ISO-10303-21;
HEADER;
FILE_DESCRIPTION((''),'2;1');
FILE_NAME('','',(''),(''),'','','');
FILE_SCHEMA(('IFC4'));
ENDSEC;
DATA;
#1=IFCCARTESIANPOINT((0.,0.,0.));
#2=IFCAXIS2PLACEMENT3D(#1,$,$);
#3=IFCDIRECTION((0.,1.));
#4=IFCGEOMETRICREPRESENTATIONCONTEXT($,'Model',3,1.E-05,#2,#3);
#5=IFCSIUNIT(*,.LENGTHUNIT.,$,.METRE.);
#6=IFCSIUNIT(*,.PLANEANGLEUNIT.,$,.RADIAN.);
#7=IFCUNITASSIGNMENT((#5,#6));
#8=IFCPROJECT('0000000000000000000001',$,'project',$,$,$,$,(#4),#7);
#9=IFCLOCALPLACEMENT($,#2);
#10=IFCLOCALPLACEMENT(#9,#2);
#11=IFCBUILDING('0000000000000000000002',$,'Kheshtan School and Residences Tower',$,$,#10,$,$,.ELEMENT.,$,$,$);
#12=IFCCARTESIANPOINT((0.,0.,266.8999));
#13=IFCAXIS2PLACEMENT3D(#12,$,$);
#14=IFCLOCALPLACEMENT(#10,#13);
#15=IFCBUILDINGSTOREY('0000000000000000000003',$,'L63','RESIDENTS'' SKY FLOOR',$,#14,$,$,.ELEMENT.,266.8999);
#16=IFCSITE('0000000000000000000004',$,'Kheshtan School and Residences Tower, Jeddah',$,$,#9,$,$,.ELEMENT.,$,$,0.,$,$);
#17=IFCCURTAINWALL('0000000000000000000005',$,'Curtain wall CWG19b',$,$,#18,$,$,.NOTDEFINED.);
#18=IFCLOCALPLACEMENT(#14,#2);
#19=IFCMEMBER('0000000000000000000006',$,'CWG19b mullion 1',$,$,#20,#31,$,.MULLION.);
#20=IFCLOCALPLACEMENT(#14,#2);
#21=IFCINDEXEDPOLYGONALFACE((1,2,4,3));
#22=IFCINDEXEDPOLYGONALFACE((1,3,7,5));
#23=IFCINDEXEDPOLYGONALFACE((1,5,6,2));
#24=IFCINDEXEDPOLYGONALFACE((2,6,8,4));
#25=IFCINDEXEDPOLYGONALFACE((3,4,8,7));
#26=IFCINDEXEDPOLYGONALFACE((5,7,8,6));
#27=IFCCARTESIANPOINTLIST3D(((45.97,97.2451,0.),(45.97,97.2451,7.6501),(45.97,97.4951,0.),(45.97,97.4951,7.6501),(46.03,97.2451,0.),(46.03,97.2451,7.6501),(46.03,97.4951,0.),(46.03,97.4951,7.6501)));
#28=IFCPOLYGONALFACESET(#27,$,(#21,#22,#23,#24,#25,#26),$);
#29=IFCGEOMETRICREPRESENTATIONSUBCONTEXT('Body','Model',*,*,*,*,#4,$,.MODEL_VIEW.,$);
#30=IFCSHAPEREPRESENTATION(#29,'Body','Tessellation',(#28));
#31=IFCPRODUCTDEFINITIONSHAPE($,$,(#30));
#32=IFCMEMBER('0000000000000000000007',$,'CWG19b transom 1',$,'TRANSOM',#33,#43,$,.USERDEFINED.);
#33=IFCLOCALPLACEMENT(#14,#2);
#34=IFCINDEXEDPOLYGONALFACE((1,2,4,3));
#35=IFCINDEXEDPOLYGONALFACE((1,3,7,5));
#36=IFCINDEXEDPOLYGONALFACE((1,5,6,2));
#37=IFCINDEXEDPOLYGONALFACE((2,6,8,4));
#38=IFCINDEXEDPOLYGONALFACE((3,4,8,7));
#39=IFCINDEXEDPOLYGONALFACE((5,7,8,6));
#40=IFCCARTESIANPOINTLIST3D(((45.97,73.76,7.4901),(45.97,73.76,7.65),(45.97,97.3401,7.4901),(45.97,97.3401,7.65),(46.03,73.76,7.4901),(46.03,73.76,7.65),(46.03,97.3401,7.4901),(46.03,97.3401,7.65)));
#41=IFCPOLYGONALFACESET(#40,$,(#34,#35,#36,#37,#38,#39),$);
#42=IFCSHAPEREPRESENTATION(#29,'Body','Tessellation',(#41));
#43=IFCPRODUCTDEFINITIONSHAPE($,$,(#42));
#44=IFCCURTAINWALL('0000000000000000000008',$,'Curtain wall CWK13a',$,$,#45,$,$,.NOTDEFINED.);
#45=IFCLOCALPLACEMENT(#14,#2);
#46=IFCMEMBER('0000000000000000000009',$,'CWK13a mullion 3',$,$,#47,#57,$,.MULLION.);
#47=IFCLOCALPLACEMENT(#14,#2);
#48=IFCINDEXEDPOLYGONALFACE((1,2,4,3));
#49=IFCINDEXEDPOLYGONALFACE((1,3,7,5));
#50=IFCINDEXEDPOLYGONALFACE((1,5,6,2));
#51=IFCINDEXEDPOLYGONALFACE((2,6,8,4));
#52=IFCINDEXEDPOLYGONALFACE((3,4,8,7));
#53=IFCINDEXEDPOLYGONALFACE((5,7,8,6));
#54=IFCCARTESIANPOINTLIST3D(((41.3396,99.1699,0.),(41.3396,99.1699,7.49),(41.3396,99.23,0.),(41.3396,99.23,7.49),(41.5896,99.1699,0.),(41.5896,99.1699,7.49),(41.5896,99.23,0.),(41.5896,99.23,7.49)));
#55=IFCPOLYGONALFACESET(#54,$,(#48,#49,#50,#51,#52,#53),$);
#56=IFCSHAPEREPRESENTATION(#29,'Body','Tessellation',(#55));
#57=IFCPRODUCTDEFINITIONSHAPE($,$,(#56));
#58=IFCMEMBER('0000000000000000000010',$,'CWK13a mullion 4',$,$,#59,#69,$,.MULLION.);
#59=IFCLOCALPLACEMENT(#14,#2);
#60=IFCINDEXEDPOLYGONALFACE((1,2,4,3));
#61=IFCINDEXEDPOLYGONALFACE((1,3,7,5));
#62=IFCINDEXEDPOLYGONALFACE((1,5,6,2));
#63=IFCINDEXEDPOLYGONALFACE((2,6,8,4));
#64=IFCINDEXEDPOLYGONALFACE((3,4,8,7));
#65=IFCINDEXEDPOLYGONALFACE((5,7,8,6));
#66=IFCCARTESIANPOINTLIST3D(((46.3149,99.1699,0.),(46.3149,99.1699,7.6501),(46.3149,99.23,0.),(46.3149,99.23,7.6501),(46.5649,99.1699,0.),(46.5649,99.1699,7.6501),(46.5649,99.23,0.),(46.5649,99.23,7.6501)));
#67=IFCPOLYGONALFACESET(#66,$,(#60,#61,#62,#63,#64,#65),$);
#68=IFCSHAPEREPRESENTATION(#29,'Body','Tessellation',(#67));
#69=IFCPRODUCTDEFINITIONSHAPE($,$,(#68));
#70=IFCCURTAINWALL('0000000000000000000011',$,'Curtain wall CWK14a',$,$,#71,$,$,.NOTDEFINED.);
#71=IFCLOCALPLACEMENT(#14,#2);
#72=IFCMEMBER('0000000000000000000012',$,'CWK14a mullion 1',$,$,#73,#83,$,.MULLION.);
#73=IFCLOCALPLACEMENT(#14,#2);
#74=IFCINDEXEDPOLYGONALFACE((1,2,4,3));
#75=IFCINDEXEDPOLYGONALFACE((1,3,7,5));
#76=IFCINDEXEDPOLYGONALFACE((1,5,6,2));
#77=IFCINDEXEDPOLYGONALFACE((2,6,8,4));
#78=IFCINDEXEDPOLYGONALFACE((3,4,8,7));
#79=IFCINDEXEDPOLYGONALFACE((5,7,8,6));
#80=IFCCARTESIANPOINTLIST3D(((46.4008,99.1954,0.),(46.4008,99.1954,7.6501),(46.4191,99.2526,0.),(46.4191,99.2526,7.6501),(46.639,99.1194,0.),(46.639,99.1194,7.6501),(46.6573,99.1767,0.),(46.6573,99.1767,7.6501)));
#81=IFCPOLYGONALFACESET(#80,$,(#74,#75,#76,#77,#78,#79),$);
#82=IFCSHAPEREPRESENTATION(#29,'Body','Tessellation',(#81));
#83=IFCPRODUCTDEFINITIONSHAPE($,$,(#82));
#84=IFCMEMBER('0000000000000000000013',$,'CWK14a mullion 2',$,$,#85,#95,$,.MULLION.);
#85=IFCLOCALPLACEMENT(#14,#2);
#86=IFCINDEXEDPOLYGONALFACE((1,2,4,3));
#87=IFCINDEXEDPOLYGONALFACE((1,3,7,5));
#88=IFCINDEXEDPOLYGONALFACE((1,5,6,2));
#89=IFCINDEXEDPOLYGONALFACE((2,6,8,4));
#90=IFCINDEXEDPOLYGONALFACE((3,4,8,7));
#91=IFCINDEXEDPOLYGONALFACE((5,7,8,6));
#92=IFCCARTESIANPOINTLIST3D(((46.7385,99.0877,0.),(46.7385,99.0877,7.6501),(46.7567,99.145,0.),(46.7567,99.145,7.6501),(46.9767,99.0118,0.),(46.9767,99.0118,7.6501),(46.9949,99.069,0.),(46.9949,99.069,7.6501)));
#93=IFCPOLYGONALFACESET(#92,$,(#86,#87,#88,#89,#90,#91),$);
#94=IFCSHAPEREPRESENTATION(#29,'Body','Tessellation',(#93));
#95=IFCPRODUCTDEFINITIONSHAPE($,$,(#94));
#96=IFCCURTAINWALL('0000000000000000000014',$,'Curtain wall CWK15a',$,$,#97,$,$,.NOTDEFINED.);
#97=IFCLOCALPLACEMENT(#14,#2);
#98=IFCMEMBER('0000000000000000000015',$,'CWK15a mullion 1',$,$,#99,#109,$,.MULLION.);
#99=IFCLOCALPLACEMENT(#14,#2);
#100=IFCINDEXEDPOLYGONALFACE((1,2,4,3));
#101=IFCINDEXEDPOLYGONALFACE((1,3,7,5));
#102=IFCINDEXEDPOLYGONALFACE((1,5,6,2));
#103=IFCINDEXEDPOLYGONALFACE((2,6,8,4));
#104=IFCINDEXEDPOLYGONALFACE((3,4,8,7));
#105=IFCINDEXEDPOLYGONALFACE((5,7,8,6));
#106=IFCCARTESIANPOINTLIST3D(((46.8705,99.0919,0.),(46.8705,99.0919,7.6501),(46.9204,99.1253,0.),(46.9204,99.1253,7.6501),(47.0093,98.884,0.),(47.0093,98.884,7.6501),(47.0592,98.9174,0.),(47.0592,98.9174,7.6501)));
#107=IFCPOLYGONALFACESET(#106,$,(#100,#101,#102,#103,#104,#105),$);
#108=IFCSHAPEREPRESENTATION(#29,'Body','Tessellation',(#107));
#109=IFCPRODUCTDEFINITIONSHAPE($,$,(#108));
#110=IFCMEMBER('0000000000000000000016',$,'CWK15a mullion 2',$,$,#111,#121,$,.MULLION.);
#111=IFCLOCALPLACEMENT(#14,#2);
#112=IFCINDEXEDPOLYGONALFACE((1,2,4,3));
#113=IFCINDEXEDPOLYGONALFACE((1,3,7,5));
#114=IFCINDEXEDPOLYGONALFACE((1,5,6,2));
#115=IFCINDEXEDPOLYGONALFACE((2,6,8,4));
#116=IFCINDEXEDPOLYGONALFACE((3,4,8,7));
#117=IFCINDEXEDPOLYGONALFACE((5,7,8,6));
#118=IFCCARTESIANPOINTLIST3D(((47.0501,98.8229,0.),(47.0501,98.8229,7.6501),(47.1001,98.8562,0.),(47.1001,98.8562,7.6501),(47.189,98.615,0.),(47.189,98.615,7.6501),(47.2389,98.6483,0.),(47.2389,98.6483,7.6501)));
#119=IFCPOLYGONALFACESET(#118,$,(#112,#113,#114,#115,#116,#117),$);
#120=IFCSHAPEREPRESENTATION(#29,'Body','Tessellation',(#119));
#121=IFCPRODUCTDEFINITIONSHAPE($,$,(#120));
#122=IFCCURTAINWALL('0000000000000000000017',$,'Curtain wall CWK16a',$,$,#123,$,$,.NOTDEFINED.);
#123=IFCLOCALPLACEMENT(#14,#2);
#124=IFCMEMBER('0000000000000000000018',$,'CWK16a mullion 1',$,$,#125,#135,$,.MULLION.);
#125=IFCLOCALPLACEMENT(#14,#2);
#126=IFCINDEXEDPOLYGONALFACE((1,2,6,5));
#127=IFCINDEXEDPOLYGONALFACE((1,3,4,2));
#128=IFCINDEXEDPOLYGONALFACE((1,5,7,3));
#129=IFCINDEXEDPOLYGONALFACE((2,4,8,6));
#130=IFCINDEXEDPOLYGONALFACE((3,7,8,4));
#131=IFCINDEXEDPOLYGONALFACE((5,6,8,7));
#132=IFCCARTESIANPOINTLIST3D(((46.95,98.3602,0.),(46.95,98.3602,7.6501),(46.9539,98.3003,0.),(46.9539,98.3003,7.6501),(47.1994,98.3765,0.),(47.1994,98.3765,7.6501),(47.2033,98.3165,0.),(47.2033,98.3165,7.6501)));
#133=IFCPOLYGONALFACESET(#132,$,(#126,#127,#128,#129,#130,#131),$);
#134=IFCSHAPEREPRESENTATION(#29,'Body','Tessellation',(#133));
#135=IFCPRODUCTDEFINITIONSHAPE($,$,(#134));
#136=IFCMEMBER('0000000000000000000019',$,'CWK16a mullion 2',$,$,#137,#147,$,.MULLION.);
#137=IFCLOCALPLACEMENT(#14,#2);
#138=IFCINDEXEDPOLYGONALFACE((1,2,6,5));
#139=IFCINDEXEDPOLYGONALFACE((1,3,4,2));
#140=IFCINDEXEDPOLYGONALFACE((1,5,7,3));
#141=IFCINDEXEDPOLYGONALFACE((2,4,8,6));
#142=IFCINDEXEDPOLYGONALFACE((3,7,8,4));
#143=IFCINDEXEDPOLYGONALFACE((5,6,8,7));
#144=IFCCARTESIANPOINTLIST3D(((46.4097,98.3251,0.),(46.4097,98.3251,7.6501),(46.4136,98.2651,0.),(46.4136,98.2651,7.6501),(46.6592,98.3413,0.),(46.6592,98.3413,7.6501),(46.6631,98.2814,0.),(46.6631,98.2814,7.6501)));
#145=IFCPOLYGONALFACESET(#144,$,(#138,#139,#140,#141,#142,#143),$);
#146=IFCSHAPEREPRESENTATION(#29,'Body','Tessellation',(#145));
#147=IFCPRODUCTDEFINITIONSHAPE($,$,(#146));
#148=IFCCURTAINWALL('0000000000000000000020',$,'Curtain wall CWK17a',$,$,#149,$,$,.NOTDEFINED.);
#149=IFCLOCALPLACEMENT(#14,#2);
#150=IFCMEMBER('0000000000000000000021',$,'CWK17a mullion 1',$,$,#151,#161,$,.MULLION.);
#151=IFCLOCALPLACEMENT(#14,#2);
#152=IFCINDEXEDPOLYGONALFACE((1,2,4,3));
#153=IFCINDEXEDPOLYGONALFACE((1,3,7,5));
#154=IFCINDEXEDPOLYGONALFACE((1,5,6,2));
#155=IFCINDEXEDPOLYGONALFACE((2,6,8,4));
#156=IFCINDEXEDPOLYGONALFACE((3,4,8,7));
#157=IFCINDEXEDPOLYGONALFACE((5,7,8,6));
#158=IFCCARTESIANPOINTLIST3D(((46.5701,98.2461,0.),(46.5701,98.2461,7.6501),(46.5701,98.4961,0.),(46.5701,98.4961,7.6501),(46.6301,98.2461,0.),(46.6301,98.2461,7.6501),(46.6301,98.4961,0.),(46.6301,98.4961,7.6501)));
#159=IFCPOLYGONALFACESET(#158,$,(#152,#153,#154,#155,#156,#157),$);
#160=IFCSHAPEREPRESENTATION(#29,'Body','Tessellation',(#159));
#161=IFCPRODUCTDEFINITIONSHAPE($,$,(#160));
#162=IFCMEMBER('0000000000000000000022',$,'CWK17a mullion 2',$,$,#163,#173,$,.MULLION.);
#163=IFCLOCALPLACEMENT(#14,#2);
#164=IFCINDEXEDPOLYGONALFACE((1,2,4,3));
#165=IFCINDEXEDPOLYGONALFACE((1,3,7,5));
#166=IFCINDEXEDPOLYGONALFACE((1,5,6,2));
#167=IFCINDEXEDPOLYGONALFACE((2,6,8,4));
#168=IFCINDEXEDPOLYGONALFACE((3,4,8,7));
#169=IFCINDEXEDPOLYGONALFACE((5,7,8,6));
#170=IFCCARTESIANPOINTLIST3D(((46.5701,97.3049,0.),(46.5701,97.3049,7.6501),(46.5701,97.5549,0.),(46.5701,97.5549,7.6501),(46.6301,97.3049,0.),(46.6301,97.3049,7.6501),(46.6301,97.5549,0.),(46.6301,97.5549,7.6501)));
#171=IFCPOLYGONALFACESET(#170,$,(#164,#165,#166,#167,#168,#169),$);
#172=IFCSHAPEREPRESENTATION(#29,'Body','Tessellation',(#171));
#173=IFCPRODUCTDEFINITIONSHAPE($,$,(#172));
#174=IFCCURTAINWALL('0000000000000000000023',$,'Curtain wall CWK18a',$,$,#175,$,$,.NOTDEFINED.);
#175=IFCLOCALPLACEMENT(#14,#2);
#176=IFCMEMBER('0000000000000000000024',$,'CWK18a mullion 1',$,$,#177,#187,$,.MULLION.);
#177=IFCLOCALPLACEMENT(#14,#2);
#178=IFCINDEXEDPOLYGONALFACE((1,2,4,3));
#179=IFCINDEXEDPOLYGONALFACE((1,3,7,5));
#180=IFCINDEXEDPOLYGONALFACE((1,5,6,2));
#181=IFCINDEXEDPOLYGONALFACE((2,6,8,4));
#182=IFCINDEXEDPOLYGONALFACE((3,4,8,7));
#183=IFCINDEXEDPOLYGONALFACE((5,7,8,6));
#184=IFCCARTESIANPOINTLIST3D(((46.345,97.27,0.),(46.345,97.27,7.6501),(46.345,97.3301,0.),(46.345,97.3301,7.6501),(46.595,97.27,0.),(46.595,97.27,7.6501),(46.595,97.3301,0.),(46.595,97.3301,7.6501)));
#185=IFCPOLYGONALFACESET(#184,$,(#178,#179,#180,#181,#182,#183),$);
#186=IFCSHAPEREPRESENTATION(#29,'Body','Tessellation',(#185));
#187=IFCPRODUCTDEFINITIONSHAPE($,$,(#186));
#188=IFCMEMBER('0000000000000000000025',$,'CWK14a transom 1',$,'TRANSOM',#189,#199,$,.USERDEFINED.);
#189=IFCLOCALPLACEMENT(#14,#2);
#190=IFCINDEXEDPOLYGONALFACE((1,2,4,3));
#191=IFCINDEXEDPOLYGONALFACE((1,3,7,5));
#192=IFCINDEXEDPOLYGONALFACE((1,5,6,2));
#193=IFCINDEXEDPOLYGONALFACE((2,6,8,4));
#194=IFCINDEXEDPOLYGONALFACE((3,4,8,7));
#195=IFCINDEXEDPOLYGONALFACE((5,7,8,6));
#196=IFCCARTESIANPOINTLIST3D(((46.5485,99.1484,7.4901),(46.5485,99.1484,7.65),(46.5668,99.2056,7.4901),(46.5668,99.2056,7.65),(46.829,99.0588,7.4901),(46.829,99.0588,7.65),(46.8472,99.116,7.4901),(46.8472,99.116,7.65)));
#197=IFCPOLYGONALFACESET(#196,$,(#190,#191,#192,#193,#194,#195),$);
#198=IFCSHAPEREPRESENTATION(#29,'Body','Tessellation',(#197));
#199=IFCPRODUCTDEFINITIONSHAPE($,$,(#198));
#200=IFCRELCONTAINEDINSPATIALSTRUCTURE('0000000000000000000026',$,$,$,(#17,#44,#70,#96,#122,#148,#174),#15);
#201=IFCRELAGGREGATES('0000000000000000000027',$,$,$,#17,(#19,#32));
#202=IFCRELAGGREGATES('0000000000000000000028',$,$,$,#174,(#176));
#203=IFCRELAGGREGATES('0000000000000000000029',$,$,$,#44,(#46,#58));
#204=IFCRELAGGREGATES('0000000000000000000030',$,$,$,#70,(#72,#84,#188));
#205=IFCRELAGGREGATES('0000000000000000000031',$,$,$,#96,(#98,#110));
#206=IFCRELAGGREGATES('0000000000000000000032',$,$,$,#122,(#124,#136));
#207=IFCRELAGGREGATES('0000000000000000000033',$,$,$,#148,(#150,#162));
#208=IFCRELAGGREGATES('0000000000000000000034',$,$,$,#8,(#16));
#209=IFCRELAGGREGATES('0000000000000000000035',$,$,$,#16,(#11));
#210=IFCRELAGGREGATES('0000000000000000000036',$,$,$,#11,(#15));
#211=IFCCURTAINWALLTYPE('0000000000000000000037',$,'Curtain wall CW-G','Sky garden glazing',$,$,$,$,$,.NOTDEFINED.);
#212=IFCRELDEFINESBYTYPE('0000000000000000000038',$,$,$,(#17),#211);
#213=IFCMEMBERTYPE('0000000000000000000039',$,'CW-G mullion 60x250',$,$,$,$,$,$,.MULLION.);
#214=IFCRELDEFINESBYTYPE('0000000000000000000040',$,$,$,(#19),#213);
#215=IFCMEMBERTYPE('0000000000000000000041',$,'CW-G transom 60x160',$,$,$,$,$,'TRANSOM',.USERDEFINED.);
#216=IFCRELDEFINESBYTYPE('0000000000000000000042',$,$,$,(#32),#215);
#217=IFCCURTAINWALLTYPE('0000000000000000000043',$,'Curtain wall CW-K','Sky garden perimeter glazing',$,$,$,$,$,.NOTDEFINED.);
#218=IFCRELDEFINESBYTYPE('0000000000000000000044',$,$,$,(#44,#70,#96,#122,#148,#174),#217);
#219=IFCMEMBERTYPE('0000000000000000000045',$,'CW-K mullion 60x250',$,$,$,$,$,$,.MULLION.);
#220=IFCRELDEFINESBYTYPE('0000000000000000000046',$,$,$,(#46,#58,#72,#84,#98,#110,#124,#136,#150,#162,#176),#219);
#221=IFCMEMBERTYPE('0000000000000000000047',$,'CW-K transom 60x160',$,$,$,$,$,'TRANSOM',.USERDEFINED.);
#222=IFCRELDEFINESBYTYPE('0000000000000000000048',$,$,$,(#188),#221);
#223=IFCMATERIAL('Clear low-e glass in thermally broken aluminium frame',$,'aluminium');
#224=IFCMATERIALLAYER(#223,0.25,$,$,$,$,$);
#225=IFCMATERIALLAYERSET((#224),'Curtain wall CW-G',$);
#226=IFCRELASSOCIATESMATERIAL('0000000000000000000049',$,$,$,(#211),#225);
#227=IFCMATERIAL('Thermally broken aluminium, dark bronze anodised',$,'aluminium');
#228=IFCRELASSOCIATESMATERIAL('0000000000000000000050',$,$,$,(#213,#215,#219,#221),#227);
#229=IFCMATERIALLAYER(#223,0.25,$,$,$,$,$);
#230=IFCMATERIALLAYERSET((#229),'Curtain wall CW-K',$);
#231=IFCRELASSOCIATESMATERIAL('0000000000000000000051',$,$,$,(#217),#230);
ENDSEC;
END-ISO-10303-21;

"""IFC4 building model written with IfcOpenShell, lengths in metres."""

from ifc_helpers import new_model, si_unit, direction, frame, origin, origin_2d, place, context, subcontext, project, spatial, rectangle, extrude, material, layer, layer_set, material_profile, profile_set, type_object, element, aggregate, save


model = new_model("IFC4")

# Units and contexts
model_context = context("Model", 3, precision=1e-05, world=origin(), true_north=direction((0.0, 1.0)))
body_context = subcontext(model_context, "Body", "Model", "MODEL_VIEW")
ifc_project = project(units=[si_unit("LENGTHUNIT", "METRE"), si_unit("PLANEANGLEUNIT", "RADIAN")], contexts=[model_context])

# Site, building, storey
site_placement = place(None, origin())
site = spatial("IfcSite", under=ifc_project, at=site_placement, Name="Kheshtan School and Residences Tower, Jeddah", CompositionType="ELEMENT", RefElevation=0.0)
building_placement = place(site_placement, origin())
building = spatial("IfcBuilding", under=site, at=building_placement, Name="Kheshtan School and Residences Tower", CompositionType="ELEMENT")
storey_placement = place(building_placement, frame((0.0, 0.0, 266.8999)))
storey = spatial("IfcBuildingStorey", under=building, at=storey_placement, Name="L63", Description="RESIDENTS' SKY FLOOR", CompositionType="ELEMENT", Elevation=266.8999)

# Curtain walls, members
ifc_material_1 = material(Name="Clear low-e glass in thermally broken aluminium frame", Category="aluminium")
ifc_layer_1 = layer(ifc_material_1, 0.25)
ifc_layer_set_1 = layer_set([ifc_layer_1], Name="Curtain wall CW-G")
curtain_wall_type_1 = type_object("IfcCurtainWallType", Name="Curtain wall CW-G", Description="Sky garden glazing", PredefinedType="NOTDEFINED", material=ifc_layer_set_1)
curtain_wall_1_placement = place(storey_placement, origin())
curtain_wall_1 = element("IfcCurtainWall", 1, at=curtain_wall_1_placement, inside=storey, type_object=curtain_wall_type_1, Name="Curtain wall CWG19b", PredefinedType="NOTDEFINED")
ifc_material_2 = material(Name="Thermally broken aluminium, dark bronze anodised", Category="aluminium")
ifc_material_profile_1 = material_profile(ifc_material_2, rectangle(XDim=0.0601, YDim=0.25, at=origin_2d()), Name="CW-G mullion 60x250")
ifc_profile_set_1 = profile_set([ifc_material_profile_1], Name="Thermally broken aluminium, dark bronze anodised")
member_type_1 = type_object("IfcMemberType", Name="CW-G mullion 60x250", PredefinedType="MULLION", material=ifc_profile_set_1)
member_1_placement = place(storey_placement, frame((46.0, 97.3701, 0.0), z_axis=(0.0, 0.0, 1.0), x_axis=(1.0, 0.0, 0.0)))
member_1 = element("IfcMember", 2, at=member_1_placement, type_object=member_type_1, Name="CWG19b mullion 1", PredefinedType="MULLION", context=body_context, shape_type="SweptSolid", body=[
    extrude(rectangle(XDim=0.0601, YDim=0.25, at=origin_2d()), origin(), (0.0, 0.0, 1.0), 7.6501),
])
ifc_material_profile_2 = material_profile(ifc_material_2, rectangle(XDim=0.0601, YDim=0.1599, at=origin_2d()), Name="CW-G transom 60x160")
ifc_profile_set_2 = profile_set([ifc_material_profile_2], Name="Thermally broken aluminium, dark bronze anodised")
member_type_2 = type_object("IfcMemberType", Name="CW-G transom 60x160", ElementType="TRANSOM", PredefinedType="USERDEFINED", material=ifc_profile_set_2)
member_2_placement = place(storey_placement, frame((46.0, 97.3401, 7.5701), z_axis=(0.0, -1.0, 0.0), x_axis=(1.0, 0.0, 0.0)))
member_2 = element("IfcMember", 3, at=member_2_placement, type_object=member_type_2, Name="CWG19b transom 1", ObjectType="TRANSOM", PredefinedType="USERDEFINED", context=body_context, shape_type="SweptSolid", body=[
    extrude(rectangle(XDim=0.0601, YDim=0.1599, at=origin_2d()), origin(), (0.0, 0.0, 1.0), 23.5801),
])
aggregate(curtain_wall_1, [member_1, member_2])
ifc_layer_2 = layer(ifc_material_1, 0.25)
ifc_layer_set_2 = layer_set([ifc_layer_2], Name="Curtain wall CW-K")
curtain_wall_type_2 = type_object("IfcCurtainWallType", Name="Curtain wall CW-K", Description="Sky garden perimeter glazing", PredefinedType="NOTDEFINED", material=ifc_layer_set_2)
curtain_wall_2_placement = place(storey_placement, origin())
curtain_wall_2 = element("IfcCurtainWall", 4, at=curtain_wall_2_placement, inside=storey, type_object=curtain_wall_type_2, Name="Curtain wall CWK13a", PredefinedType="NOTDEFINED")
ifc_material_profile_3 = material_profile(ifc_material_2, rectangle(XDim=0.0601, YDim=0.25, at=origin_2d()), Name="CW-K mullion 60x250")
ifc_profile_set_3 = profile_set([ifc_material_profile_3], Name="Thermally broken aluminium, dark bronze anodised")
member_type_3 = type_object("IfcMemberType", Name="CW-K mullion 60x250", PredefinedType="MULLION", material=ifc_profile_set_3)
member_3_placement = place(storey_placement, frame((41.4646, 99.2, 0.0), z_axis=(0.0, 0.0, 1.0), x_axis=(0.0, 1.0, 0.0)))
member_3 = element("IfcMember", 5, at=member_3_placement, type_object=member_type_3, Name="CWK13a mullion 3", PredefinedType="MULLION", context=body_context, shape_type="SweptSolid", body=[
    extrude(rectangle(XDim=0.0601, YDim=0.25, at=origin_2d()), origin(), (0.0, 0.0, 1.0), 7.49),
])
member_4_placement = place(storey_placement, frame((46.4399, 99.2, 0.0), z_axis=(0.0, 0.0, 1.0), x_axis=(0.0, 1.0, 0.0)))
member_4 = element("IfcMember", 6, at=member_4_placement, type_object=member_type_3, Name="CWK13a mullion 4", PredefinedType="MULLION", context=body_context, shape_type="SweptSolid", body=[
    extrude(rectangle(XDim=0.0601, YDim=0.25, at=origin_2d()), origin(), (0.0, 0.0, 1.0), 7.6501),
])
curtain_wall_3_placement = place(storey_placement, origin())
curtain_wall_3 = element("IfcCurtainWall", 7, at=curtain_wall_3_placement, inside=storey, type_object=curtain_wall_type_2, Name="Curtain wall CWK14a", PredefinedType="NOTDEFINED")
member_5_placement = place(storey_placement, frame((46.5291, 99.186, 0.0), z_axis=(0.0, 0.0, 1.0), x_axis=(0.3039, 0.952704, 0.0)))
member_5 = element("IfcMember", 8, at=member_5_placement, type_object=member_type_3, Name="CWK14a mullion 1", PredefinedType="MULLION", context=body_context, shape_type="SweptSolid", body=[
    extrude(rectangle(XDim=0.0601, YDim=0.25, at=origin_2d()), origin(), (0.0, 0.0, 1.0), 7.6501),
])
member_6_placement = place(storey_placement, frame((46.8667, 99.0784, 0.0), z_axis=(0.0, 0.0, 1.0), x_axis=(0.3039, 0.952704, 0.0)))
member_6 = element("IfcMember", 9, at=member_6_placement, type_object=member_type_3, Name="CWK14a mullion 2", PredefinedType="MULLION", context=body_context, shape_type="SweptSolid", body=[
    extrude(rectangle(XDim=0.0601, YDim=0.25, at=origin_2d()), origin(), (0.0, 0.0, 1.0), 7.6501),
])
curtain_wall_4_placement = place(storey_placement, origin())
curtain_wall_4 = element("IfcCurtainWall", 10, at=curtain_wall_4_placement, inside=storey, type_object=curtain_wall_type_2, Name="Curtain wall CWK15a", PredefinedType="NOTDEFINED")
member_7_placement = place(storey_placement, frame((46.9648, 99.0046, 0.0), z_axis=(0.0, 0.0, 1.0), x_axis=(0.831649, 0.555302, 0.0)))
member_7 = element("IfcMember", 11, at=member_7_placement, type_object=member_type_3, Name="CWK15a mullion 1", PredefinedType="MULLION", context=body_context, shape_type="SweptSolid", body=[
    extrude(rectangle(XDim=0.0601, YDim=0.25, at=origin_2d()), origin(), (0.0, 0.0, 1.0), 7.6501),
])
member_8_placement = place(storey_placement, frame((47.1445, 98.7356, 0.0), z_axis=(0.0, 0.0, 1.0), x_axis=(0.831649, 0.555302, 0.0)))
member_8 = element("IfcMember", 12, at=member_8_placement, type_object=member_type_3, Name="CWK15a mullion 2", PredefinedType="MULLION", context=body_context, shape_type="SweptSolid", body=[
    extrude(rectangle(XDim=0.0601, YDim=0.25, at=origin_2d()), origin(), (0.0, 0.0, 1.0), 7.6501),
])
curtain_wall_5_placement = place(storey_placement, origin())
curtain_wall_5 = element("IfcCurtainWall", 13, at=curtain_wall_5_placement, inside=storey, type_object=curtain_wall_type_2, Name="Curtain wall CWK16a", PredefinedType="NOTDEFINED")
member_9_placement = place(storey_placement, frame((47.0767, 98.3384, 0.0), z_axis=(0.0, 0.0, 1.0), x_axis=(0.064863, -0.997894, 0.0)))
member_9 = element("IfcMember", 14, at=member_9_placement, type_object=member_type_3, Name="CWK16a mullion 1", PredefinedType="MULLION", context=body_context, shape_type="SweptSolid", body=[
    extrude(rectangle(XDim=0.0601, YDim=0.25, at=origin_2d()), origin(), (0.0, 0.0, 1.0), 7.6501),
])
member_10_placement = place(storey_placement, frame((46.5364, 98.3032, 0.0), z_axis=(0.0, 0.0, 1.0), x_axis=(0.064863, -0.997894, 0.0)))
member_10 = element("IfcMember", 15, at=member_10_placement, type_object=member_type_3, Name="CWK16a mullion 2", PredefinedType="MULLION", context=body_context, shape_type="SweptSolid", body=[
    extrude(rectangle(XDim=0.0601, YDim=0.25, at=origin_2d()), origin(), (0.0, 0.0, 1.0), 7.6501),
])
curtain_wall_6_placement = place(storey_placement, origin())
curtain_wall_6 = element("IfcCurtainWall", 16, at=curtain_wall_6_placement, inside=storey, type_object=curtain_wall_type_2, Name="Curtain wall CWK17a", PredefinedType="NOTDEFINED")
member_11_placement = place(storey_placement, frame((46.6001, 98.3711, 0.0), z_axis=(0.0, 0.0, 1.0), x_axis=(1.0, 0.0, 0.0)))
member_11 = element("IfcMember", 17, at=member_11_placement, type_object=member_type_3, Name="CWK17a mullion 1", PredefinedType="MULLION", context=body_context, shape_type="SweptSolid", body=[
    extrude(rectangle(XDim=0.0601, YDim=0.25, at=origin_2d()), origin(), (0.0, 0.0, 1.0), 7.6501),
])
member_12_placement = place(storey_placement, frame((46.6001, 97.4299, 0.0), z_axis=(0.0, 0.0, 1.0), x_axis=(1.0, 0.0, 0.0)))
member_12 = element("IfcMember", 18, at=member_12_placement, type_object=member_type_3, Name="CWK17a mullion 2", PredefinedType="MULLION", context=body_context, shape_type="SweptSolid", body=[
    extrude(rectangle(XDim=0.0601, YDim=0.25, at=origin_2d()), origin(), (0.0, 0.0, 1.0), 7.6501),
])

# Curtain wall, member
curtain_wall_7_placement = place(storey_placement, origin())
curtain_wall_7 = element("IfcCurtainWall", 19, at=curtain_wall_7_placement, inside=storey, type_object=curtain_wall_type_2, Name="Curtain wall CWK18a", PredefinedType="NOTDEFINED")
member_13_placement = place(storey_placement, frame((46.47, 97.3, 0.0), z_axis=(0.0, 0.0, 1.0), x_axis=(0.0, -1.0, 0.0)))
member_13 = element("IfcMember", 20, at=member_13_placement, type_object=member_type_3, Name="CWK18a mullion 1", PredefinedType="MULLION", context=body_context, shape_type="SweptSolid", body=[
    extrude(rectangle(XDim=0.0601, YDim=0.25, at=origin_2d()), origin(), (0.0, 0.0, 1.0), 7.6501),
])

# Member
ifc_material_profile_4 = material_profile(ifc_material_2, rectangle(XDim=0.0601, YDim=0.1599, at=origin_2d()), Name="CW-K transom 60x160")
ifc_profile_set_4 = profile_set([ifc_material_profile_4], Name="Thermally broken aluminium, dark bronze anodised")
member_type_4 = type_object("IfcMemberType", Name="CW-K transom 60x160", ElementType="TRANSOM", PredefinedType="USERDEFINED", material=ifc_profile_set_4)
member_14_placement = place(storey_placement, frame((46.5576, 99.177, 7.5701), z_axis=(0.952588, -0.304264, 0.0), x_axis=(0.304264, 0.952588, 0.0)))
member_14 = element("IfcMember", 21, at=member_14_placement, type_object=member_type_4, Name="CWK14a transom 1", ObjectType="TRANSOM", PredefinedType="USERDEFINED", context=body_context, shape_type="SweptSolid", body=[
    extrude(rectangle(XDim=0.0601, YDim=0.1599, at=origin_2d()), origin(), (0.0, 0.0, 1.0), 0.2944),
])
aggregate(curtain_wall_7, [member_13])

aggregate(curtain_wall_2, [member_3, member_4])
aggregate(curtain_wall_3, [member_5, member_6, member_14])
aggregate(curtain_wall_4, [member_7, member_8])
aggregate(curtain_wall_5, [member_9, member_10])
aggregate(curtain_wall_6, [member_11, member_12])

save(model, "model.ifc")
